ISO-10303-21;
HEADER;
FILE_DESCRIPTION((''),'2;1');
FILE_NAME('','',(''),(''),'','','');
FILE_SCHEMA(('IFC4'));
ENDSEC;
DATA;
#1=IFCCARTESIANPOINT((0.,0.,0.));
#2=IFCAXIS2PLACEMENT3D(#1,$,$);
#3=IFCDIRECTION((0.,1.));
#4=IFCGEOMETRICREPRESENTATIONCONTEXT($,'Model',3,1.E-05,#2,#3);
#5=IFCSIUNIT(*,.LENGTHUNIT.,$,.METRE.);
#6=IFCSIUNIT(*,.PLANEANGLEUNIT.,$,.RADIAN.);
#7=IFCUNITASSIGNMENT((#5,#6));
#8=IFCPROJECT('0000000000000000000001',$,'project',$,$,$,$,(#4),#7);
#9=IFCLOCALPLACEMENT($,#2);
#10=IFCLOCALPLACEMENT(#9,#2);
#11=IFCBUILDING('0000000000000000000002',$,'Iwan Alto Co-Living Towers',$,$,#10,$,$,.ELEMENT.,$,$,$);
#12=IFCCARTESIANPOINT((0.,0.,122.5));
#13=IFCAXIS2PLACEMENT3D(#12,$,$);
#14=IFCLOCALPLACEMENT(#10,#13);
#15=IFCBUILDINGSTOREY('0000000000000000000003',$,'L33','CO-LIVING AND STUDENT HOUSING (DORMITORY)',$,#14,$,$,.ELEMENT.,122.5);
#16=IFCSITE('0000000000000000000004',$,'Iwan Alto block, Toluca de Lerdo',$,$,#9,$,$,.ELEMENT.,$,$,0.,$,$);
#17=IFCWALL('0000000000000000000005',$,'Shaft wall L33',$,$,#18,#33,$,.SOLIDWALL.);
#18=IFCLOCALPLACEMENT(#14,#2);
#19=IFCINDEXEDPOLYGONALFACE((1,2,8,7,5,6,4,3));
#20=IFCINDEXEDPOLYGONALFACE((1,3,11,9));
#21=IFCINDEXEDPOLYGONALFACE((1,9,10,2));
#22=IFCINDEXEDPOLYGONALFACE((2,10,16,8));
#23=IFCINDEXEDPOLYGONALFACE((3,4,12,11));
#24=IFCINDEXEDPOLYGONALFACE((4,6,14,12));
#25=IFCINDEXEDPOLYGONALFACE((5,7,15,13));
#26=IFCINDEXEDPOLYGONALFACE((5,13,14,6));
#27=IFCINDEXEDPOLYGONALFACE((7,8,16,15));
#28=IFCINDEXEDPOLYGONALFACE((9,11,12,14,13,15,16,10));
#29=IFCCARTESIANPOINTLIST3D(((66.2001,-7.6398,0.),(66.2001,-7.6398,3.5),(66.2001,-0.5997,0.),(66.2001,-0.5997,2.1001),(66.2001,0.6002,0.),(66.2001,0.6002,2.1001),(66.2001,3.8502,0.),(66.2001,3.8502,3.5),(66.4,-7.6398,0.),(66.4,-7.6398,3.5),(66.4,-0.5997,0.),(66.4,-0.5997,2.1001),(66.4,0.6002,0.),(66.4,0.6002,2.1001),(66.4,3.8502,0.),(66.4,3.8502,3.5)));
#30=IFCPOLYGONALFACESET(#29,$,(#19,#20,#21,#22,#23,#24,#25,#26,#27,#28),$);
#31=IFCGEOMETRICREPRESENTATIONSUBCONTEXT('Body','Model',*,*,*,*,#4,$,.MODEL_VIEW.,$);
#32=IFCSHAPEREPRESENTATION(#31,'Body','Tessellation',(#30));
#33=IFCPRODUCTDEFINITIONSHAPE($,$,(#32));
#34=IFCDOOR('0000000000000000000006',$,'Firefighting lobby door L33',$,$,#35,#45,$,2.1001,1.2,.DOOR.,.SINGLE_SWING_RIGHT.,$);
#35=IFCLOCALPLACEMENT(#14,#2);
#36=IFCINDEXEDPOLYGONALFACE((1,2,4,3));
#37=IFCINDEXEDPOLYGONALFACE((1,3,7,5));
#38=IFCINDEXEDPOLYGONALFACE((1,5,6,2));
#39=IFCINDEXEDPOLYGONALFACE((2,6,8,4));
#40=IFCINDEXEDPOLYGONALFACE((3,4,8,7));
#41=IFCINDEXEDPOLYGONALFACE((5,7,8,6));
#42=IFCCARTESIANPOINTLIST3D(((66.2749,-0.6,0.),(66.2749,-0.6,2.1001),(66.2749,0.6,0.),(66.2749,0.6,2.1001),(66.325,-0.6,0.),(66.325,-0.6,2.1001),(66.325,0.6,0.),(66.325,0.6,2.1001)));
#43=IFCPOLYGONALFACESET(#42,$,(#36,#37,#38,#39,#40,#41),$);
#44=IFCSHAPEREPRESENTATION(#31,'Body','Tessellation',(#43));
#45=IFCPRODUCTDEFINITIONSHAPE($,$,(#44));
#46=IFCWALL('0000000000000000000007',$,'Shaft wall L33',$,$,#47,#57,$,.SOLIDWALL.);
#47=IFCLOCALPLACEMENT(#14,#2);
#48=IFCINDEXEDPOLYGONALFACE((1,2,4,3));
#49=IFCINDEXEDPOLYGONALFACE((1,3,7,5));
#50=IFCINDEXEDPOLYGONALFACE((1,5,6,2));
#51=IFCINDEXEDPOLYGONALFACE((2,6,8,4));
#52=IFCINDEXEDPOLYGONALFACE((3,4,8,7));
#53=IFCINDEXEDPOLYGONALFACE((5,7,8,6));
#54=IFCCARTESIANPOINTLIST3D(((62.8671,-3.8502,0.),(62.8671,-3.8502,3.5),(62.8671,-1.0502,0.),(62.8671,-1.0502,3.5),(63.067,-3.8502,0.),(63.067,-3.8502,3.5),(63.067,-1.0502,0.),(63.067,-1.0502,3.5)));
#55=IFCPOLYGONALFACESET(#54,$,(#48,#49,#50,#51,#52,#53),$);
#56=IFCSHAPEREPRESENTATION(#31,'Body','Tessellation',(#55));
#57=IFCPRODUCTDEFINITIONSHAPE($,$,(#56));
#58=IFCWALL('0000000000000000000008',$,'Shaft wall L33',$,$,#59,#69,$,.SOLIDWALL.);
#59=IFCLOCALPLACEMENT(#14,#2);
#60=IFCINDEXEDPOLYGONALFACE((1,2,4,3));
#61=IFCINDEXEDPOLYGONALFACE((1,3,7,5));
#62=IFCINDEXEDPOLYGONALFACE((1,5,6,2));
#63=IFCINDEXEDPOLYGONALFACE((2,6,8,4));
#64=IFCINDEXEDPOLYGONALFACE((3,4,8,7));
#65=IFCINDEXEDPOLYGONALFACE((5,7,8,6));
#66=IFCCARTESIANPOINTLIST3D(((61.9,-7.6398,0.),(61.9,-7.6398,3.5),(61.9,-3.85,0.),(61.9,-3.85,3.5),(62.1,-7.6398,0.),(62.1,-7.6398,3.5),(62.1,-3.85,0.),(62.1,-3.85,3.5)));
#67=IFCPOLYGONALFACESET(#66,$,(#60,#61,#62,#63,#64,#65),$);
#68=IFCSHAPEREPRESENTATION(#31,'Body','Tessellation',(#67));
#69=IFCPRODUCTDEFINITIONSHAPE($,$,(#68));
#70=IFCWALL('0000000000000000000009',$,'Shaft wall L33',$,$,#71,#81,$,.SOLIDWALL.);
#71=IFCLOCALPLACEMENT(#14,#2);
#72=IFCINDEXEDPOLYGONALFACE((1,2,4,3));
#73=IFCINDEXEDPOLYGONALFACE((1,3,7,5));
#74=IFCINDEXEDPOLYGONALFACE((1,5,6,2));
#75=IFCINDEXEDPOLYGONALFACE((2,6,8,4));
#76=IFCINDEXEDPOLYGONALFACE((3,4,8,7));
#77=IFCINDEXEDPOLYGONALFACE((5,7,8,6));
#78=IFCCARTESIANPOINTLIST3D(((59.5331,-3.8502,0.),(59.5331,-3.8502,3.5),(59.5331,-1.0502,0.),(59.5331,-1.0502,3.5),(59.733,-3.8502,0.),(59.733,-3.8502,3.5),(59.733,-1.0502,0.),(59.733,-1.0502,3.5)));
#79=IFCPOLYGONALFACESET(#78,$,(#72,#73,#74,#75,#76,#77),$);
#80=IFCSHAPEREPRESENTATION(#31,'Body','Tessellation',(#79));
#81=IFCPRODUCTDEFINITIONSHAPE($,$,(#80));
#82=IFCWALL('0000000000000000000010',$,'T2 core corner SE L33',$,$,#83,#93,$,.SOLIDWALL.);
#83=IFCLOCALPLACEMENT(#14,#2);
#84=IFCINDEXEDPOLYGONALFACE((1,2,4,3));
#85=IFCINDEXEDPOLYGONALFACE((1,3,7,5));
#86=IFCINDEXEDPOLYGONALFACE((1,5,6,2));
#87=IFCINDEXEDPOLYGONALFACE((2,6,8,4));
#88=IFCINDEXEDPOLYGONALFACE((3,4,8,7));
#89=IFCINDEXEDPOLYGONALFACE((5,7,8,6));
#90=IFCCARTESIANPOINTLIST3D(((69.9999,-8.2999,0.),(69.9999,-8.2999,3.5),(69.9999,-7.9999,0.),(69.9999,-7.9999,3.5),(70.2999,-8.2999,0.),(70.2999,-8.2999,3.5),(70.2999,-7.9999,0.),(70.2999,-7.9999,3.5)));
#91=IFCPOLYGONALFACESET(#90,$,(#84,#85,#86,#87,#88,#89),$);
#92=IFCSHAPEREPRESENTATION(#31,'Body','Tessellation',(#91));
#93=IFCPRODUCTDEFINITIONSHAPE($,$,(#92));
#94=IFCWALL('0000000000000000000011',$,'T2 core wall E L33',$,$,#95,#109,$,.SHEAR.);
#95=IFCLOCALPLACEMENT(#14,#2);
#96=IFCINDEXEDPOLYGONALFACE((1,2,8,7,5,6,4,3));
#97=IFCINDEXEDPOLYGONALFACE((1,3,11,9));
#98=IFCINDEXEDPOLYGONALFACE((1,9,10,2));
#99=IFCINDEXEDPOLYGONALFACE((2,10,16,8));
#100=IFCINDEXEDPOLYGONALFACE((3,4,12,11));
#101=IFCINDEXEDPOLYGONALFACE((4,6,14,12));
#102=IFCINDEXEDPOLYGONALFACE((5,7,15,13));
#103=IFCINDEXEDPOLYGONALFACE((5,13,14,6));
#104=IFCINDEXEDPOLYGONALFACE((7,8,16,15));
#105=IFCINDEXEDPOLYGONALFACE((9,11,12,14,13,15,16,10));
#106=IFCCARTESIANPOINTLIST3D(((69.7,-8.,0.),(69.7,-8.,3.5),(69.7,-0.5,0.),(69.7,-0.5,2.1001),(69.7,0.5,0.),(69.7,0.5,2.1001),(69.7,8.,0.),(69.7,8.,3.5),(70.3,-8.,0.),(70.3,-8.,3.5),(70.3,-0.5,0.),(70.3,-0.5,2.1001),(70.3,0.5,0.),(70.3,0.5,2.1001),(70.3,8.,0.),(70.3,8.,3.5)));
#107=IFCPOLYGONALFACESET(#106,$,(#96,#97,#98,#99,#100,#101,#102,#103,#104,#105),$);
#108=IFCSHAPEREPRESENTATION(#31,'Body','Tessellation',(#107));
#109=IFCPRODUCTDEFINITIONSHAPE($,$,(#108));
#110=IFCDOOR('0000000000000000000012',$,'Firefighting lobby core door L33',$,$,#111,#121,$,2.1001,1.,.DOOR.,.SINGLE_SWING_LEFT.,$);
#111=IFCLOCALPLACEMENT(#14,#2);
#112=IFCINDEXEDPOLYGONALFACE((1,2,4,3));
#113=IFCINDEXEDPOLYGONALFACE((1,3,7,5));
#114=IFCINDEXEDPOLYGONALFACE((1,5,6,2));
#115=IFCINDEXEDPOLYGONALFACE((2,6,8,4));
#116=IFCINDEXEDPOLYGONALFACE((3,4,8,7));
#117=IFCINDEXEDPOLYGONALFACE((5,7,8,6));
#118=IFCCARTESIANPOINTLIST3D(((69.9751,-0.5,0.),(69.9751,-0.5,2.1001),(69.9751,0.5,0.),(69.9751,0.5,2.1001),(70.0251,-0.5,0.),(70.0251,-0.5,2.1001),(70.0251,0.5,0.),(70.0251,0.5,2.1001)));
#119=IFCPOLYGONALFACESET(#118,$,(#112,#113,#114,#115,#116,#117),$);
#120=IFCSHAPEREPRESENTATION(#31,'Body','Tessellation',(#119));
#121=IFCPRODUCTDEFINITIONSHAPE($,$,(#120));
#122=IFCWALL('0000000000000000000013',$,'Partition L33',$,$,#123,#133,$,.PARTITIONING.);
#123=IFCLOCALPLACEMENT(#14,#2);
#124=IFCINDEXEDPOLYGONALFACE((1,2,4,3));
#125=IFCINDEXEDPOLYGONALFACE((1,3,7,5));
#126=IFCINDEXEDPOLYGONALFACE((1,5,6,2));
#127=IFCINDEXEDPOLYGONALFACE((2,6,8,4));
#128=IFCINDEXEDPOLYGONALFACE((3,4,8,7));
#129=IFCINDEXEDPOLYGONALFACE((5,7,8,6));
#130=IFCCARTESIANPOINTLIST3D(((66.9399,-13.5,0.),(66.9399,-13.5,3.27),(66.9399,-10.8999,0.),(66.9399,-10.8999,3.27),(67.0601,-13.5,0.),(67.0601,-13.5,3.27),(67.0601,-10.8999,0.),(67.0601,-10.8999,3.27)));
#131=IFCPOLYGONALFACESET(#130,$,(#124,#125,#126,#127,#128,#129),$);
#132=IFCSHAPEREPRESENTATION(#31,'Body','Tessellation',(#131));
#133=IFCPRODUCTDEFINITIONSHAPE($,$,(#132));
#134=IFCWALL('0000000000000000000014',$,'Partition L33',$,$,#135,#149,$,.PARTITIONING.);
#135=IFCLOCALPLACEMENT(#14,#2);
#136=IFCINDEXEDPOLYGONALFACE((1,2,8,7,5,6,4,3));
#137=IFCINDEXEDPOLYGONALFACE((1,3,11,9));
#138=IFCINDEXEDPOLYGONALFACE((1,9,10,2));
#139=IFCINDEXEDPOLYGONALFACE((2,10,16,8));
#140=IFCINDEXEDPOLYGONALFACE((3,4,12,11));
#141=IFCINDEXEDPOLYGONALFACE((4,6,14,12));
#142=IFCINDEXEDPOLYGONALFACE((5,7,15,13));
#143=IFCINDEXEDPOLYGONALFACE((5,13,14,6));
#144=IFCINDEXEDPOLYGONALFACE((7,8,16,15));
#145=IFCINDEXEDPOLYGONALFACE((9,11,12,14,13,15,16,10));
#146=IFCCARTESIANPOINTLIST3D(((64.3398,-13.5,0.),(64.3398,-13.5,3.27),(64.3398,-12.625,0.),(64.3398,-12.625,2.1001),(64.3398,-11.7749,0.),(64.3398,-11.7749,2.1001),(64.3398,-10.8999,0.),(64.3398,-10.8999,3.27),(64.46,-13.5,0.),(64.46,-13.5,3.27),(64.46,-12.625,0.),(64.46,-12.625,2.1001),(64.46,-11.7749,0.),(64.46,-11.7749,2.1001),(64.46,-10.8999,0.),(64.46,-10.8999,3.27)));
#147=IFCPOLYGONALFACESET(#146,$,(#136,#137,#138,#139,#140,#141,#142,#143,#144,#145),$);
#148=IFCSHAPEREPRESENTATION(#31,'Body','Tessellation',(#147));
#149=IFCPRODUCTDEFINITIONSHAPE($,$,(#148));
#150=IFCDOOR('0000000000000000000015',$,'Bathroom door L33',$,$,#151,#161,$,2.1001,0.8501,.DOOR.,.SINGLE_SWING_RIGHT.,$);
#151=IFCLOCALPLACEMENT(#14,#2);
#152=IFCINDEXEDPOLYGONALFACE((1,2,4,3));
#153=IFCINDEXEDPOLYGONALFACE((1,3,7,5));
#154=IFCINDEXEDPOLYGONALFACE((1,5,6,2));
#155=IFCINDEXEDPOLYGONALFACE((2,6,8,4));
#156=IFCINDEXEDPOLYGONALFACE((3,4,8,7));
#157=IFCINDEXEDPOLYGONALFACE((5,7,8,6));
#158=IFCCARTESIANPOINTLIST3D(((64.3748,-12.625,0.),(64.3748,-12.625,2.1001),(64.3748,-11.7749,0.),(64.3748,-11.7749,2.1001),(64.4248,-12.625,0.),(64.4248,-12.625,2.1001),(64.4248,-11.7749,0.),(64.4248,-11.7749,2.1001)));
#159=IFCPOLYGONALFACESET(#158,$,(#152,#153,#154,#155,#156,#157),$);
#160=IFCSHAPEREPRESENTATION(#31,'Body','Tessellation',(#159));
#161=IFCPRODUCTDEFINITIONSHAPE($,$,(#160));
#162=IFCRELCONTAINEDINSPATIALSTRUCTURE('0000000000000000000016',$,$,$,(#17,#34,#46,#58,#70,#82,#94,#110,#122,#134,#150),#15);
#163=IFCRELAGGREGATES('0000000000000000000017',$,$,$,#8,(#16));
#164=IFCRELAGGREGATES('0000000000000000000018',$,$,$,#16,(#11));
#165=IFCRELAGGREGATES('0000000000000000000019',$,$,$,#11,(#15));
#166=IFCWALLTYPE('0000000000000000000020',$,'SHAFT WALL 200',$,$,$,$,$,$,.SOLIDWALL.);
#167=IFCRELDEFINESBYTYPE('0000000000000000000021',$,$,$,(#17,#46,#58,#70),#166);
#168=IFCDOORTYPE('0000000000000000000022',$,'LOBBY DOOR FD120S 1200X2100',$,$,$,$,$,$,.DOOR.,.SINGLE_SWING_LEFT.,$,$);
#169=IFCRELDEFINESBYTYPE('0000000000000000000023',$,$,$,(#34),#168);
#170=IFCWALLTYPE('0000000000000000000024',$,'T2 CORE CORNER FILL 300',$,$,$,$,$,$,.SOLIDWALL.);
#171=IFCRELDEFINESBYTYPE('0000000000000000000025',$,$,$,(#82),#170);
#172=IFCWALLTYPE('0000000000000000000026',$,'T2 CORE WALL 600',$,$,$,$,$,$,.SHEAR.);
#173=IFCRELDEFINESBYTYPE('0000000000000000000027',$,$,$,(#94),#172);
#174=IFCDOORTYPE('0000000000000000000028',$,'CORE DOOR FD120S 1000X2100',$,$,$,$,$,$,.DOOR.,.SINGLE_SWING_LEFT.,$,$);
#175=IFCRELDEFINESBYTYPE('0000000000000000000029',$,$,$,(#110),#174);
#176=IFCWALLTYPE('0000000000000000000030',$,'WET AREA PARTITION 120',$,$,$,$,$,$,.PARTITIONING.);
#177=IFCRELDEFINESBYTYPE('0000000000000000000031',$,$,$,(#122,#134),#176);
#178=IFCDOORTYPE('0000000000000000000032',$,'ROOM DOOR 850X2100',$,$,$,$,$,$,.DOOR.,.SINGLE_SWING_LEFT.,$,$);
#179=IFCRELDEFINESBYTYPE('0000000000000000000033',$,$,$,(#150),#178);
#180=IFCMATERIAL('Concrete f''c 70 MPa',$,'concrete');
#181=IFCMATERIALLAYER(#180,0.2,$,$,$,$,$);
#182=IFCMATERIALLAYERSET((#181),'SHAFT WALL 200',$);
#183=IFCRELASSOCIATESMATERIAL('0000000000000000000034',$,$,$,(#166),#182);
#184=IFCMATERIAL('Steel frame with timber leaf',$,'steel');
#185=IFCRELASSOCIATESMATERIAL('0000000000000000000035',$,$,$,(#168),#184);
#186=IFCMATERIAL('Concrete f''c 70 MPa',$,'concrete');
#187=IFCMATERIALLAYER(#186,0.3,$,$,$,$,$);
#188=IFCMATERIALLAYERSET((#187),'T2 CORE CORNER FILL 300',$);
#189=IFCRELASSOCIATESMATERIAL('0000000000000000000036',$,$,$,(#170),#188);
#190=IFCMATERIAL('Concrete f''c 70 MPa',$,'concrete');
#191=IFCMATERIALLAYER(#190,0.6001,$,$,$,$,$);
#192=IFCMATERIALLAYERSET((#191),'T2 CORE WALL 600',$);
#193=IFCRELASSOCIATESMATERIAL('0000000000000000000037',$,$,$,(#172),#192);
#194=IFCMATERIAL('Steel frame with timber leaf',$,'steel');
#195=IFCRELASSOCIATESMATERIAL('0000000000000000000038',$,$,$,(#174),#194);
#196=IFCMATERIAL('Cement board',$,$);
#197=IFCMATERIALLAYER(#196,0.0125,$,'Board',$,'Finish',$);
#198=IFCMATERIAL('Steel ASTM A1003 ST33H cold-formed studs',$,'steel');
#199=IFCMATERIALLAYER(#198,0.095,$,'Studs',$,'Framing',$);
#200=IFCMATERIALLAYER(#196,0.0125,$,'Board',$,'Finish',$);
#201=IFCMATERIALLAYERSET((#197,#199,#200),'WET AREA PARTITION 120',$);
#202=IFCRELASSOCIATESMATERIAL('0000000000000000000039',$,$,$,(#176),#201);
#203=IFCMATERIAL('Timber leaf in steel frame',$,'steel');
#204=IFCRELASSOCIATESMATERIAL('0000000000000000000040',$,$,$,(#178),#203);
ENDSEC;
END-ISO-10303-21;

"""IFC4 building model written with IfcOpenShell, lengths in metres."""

from ifc_helpers import new_model, si_unit, direction, frame, frame_2d, origin, place, context, subcontext, project, spatial, rectangle, extrude, material, layer, layer_set, type_object, element, fill, save


model = new_model("IFC4")

# Units and contexts
model_context = context("Model", 3, precision=1e-05, world=origin(), true_north=direction((0.0, 1.0)))
body_context = subcontext(model_context, "Body", "Model", "MODEL_VIEW")
ifc_project = project(units=[si_unit("LENGTHUNIT", "METRE"), si_unit("PLANEANGLEUNIT", "RADIAN")], contexts=[model_context])

# Site, building, storey
site_placement = place(None, origin())
site = spatial("IfcSite", under=ifc_project, at=site_placement, Name="Iwan Alto block, Toluca de Lerdo", CompositionType="ELEMENT", RefElevation=0.0)
building_placement = place(site_placement, origin())
building = spatial("IfcBuilding", under=site, at=building_placement, Name="Iwan Alto Co-Living Towers", CompositionType="ELEMENT")
storey_placement = place(building_placement, frame((0.0, 0.0, 122.5)))
storey = spatial("IfcBuildingStorey", under=building, at=storey_placement, Name="L33", Description="CO-LIVING AND STUDENT HOUSING (DORMITORY)", CompositionType="ELEMENT", Elevation=122.5)

# Shared definitions
ifc_material_1 = material(Name="Steel ASTM A1003 ST33H cold-formed studs", Category="steel")

# Wall, opening, door
ifc_material_2 = material(Name="Concrete f'c 70 MPa", Category="concrete")
ifc_layer_1 = layer(ifc_material_2, 0.2)
ifc_layer_set_1 = layer_set([ifc_layer_1], Name="SHAFT WALL 200")
wall_type_1 = type_object("IfcWallType", Name="SHAFT WALL 200", PredefinedType="SOLIDWALL", material=ifc_layer_set_1)
wall_1_placement = place(storey_placement, frame((66.3, -7.6399, 0.0), z_axis=(0.0, 0.0, 1.0), x_axis=(0.0, 1.0, 0.0)))
wall_1 = element("IfcWall", 1, at=wall_1_placement, inside=storey, type_object=wall_type_1, Name="Shaft wall L33", PredefinedType="SOLIDWALL", context=body_context, shape_type="SweptSolid", body=[
    extrude(rectangle(XDim=11.49, YDim=0.2, at=frame_2d((5.7451, 0.0))), origin(), (0.0, 0.0, 1.0), 3.5),
])
opening_1_placement = place(wall_1_placement, frame((7.04, 0.0, 0.0)))
opening_1 = element("IfcOpeningElement", 2, at=opening_1_placement, cuts=wall_1, PredefinedType="OPENING", context=body_context, shape_type="SweptSolid", body=[
    extrude(rectangle(XDim=1.2, YDim=2.1001, at=frame_2d((0.6001, 1.05))), frame((0.0, 0.1099, 0.0), z_axis=(0.0, -1.0, 0.0), x_axis=(1.0, 0.0, 0.0)), (0.0, 0.0, 1.0), 0.22),
])
ifc_material_3 = material(Name="Steel frame with timber leaf", Category="steel")
door_type_1 = type_object("IfcDoorType", Name="LOBBY DOOR FD120S 1200X2100", OperationType="SINGLE_SWING_LEFT", PredefinedType="DOOR", material=ifc_material_3)
door_1_placement = place(opening_1_placement, frame((1.2, 0.0, 0.0), z_axis=(0.0, 0.0, 1.0), x_axis=(-1.0, 0.0, 0.0)))
door_1 = element("IfcDoor", 3, at=door_1_placement, inside=storey, type_object=door_type_1, Name="Firefighting lobby door L33", OperationType="SINGLE_SWING_RIGHT", OverallHeight=2.1001, OverallWidth=1.2, PredefinedType="DOOR", context=body_context, shape_type="SweptSolid", body=[
    extrude(rectangle(XDim=1.2, YDim=2.1001, at=frame_2d((0.6001, 1.05))), frame((0.0, 0.0249, 0.0), z_axis=(0.0, -1.0, 0.0), x_axis=(1.0, 0.0, 0.0)), (0.0, 0.0, 1.0), 0.05),
])
fill(opening_1, door_1)

# Walls
wall_2_placement = place(storey_placement, frame((62.967, -3.8501, 0.0), z_axis=(0.0, 0.0, 1.0), x_axis=(0.0, 1.0, 0.0)))
element("IfcWall", 4, at=wall_2_placement, inside=storey, type_object=wall_type_1, Name="Shaft wall L33", PredefinedType="SOLIDWALL", context=body_context, shape_type="SweptSolid", body=[
    extrude(rectangle(XDim=2.8, YDim=0.2, at=frame_2d((1.3999, 0.0))), origin(), (0.0, 0.0, 1.0), 3.5),
])
wall_3_placement = place(storey_placement, frame((62.0, -7.6399, 0.0), z_axis=(0.0, 0.0, 1.0), x_axis=(0.0, 1.0, 0.0)))
element("IfcWall", 5, at=wall_3_placement, inside=storey, type_object=wall_type_1, Name="Shaft wall L33", PredefinedType="SOLIDWALL", context=body_context, shape_type="SweptSolid", body=[
    extrude(rectangle(XDim=3.7898, YDim=0.2, at=frame_2d((1.895, 0.0))), origin(), (0.0, 0.0, 1.0), 3.5),
])
wall_4_placement = place(storey_placement, frame((59.6331, -3.8501, 0.0), z_axis=(0.0, 0.0, 1.0), x_axis=(0.0, 1.0, 0.0)))
element("IfcWall", 6, at=wall_4_placement, inside=storey, type_object=wall_type_1, Name="Shaft wall L33", PredefinedType="SOLIDWALL", context=body_context, shape_type="SweptSolid", body=[
    extrude(rectangle(XDim=2.8, YDim=0.2, at=frame_2d((1.3999, 0.0))), origin(), (0.0, 0.0, 1.0), 3.5),
])
ifc_material_4 = material(Name="Concrete f'c 70 MPa", Category="concrete")
ifc_layer_2 = layer(ifc_material_4, 0.3)
ifc_layer_set_2 = layer_set([ifc_layer_2], Name="T2 CORE CORNER FILL 300")
wall_type_2 = type_object("IfcWallType", Name="T2 CORE CORNER FILL 300", PredefinedType="SOLIDWALL", material=ifc_layer_set_2)
wall_5_placement = place(storey_placement, frame((70.0, -8.1499, 0.0), z_axis=(0.0, 0.0, 1.0), x_axis=(1.0, 0.0, 0.0)))
element("IfcWall", 7, at=wall_5_placement, inside=storey, type_object=wall_type_2, Name="T2 core corner SE L33", PredefinedType="SOLIDWALL", context=body_context, shape_type="SweptSolid", body=[
    extrude(rectangle(XDim=0.3, YDim=0.3, at=frame_2d((0.1499, 0.0))), origin(), (0.0, 0.0, 1.0), 3.5),
])

# Wall, opening, door
ifc_material_5 = material(Name="Concrete f'c 70 MPa", Category="concrete")
ifc_layer_3 = layer(ifc_material_5, 0.6001)
ifc_layer_set_3 = layer_set([ifc_layer_3], Name="T2 CORE WALL 600")
wall_type_3 = type_object("IfcWallType", Name="T2 CORE WALL 600", PredefinedType="SHEAR", material=ifc_layer_set_3)
wall_6_placement = place(storey_placement, frame((70.0, -8.0, 0.0), z_axis=(0.0, 0.0, 1.0), x_axis=(0.0, 1.0, 0.0)))
wall_6 = element("IfcWall", 8, at=wall_6_placement, inside=storey, type_object=wall_type_3, Name="T2 core wall E L33", PredefinedType="SHEAR", context=body_context, shape_type="SweptSolid", body=[
    extrude(rectangle(XDim=16.0, YDim=0.6001, at=frame_2d((8.0, 0.0))), origin(), (0.0, 0.0, 1.0), 3.5),
])
opening_2_placement = place(wall_6_placement, frame((7.5, 0.0, 0.0)))
opening_2 = element("IfcOpeningElement", 9, at=opening_2_placement, cuts=wall_6, PredefinedType="OPENING", context=body_context, shape_type="SweptSolid", body=[
    extrude(rectangle(XDim=1.0, YDim=2.1001, at=frame_2d((0.5, 1.05))), frame((0.0, 0.3101, 0.0), z_axis=(0.0, -1.0, 0.0), x_axis=(1.0, 0.0, 0.0)), (0.0, 0.0, 1.0), 0.6201),
])
ifc_material_6 = material(Name="Steel frame with timber leaf", Category="steel")
door_type_2 = type_object("IfcDoorType", Name="CORE DOOR FD120S 1000X2100", OperationType="SINGLE_SWING_LEFT", PredefinedType="DOOR", material=ifc_material_6)
door_2_placement = place(opening_2_placement, origin())
door_2 = element("IfcDoor", 10, at=door_2_placement, inside=storey, type_object=door_type_2, Name="Firefighting lobby core door L33", OperationType="SINGLE_SWING_LEFT", OverallHeight=2.1001, OverallWidth=1.0, PredefinedType="DOOR", context=body_context, shape_type="SweptSolid", body=[
    extrude(rectangle(XDim=1.0, YDim=2.1001, at=frame_2d((0.5, 1.05))), frame((0.0, 0.0249, 0.0), z_axis=(0.0, -1.0, 0.0), x_axis=(1.0, 0.0, 0.0)), (0.0, 0.0, 1.0), 0.05),
])
fill(opening_2, door_2)

# Wall
ifc_material_7 = material(Name="Cement board")
ifc_layer_4 = layer(ifc_material_7, 0.0125, Name="Board", Category="Finish")
ifc_layer_5 = layer(ifc_material_1, 0.095, Name="Studs", Category="Framing")
ifc_layer_6 = layer(ifc_material_7, 0.0125, Name="Board", Category="Finish")
ifc_layer_set_4 = layer_set([ifc_layer_4, ifc_layer_5, ifc_layer_6], Name="WET AREA PARTITION 120")
wall_type_4 = type_object("IfcWallType", Name="WET AREA PARTITION 120", PredefinedType="PARTITIONING", material=ifc_layer_set_4)
wall_7_placement = place(storey_placement, frame((67.0, -13.5, 0.0), z_axis=(0.0, 0.0, 1.0), x_axis=(0.0, 1.0, 0.0)))
element("IfcWall", 11, at=wall_7_placement, inside=storey, type_object=wall_type_4, Name="Partition L33", PredefinedType="PARTITIONING", context=body_context, shape_type="SweptSolid", body=[
    extrude(rectangle(XDim=2.6001, YDim=0.1201, at=frame_2d((1.3, 0.0))), origin(), (0.0, 0.0, 1.0), 3.27),
])

# Wall, opening, door
wall_8_placement = place(storey_placement, frame((64.3999, -13.5, 0.0), z_axis=(0.0, 0.0, 1.0), x_axis=(0.0, 1.0, 0.0)))
wall_8 = element("IfcWall", 12, at=wall_8_placement, inside=storey, type_object=wall_type_4, Name="Partition L33", PredefinedType="PARTITIONING", context=body_context, shape_type="SweptSolid", body=[
    extrude(rectangle(XDim=2.6001, YDim=0.1201, at=frame_2d((1.3, 0.0))), origin(), (0.0, 0.0, 1.0), 3.27),
])
opening_3_placement = place(wall_8_placement, frame((0.875, 0.0, 0.0)))
opening_3 = element("IfcOpeningElement", 13, at=opening_3_placement, cuts=wall_8, PredefinedType="OPENING", context=body_context, shape_type="SweptSolid", body=[
    extrude(rectangle(XDim=0.8501, YDim=2.1001, at=frame_2d((0.425, 1.05))), frame((0.0, 0.0701, 0.0), z_axis=(0.0, -1.0, 0.0), x_axis=(1.0, 0.0, 0.0)), (0.0, 0.0, 1.0), 0.1401),
])
ifc_material_8 = material(Name="Timber leaf in steel frame", Category="steel")
door_type_3 = type_object("IfcDoorType", Name="ROOM DOOR 850X2100", OperationType="SINGLE_SWING_LEFT", PredefinedType="DOOR", material=ifc_material_8)
door_3_placement = place(opening_3_placement, frame((0.8501, 0.0, 0.0), z_axis=(0.0, 0.0, 1.0), x_axis=(-1.0, 0.0, 0.0)))
door_3 = element("IfcDoor", 14, at=door_3_placement, inside=storey, type_object=door_type_3, Name="Bathroom door L33", OperationType="SINGLE_SWING_RIGHT", OverallHeight=2.1001, OverallWidth=0.8501, PredefinedType="DOOR", context=body_context, shape_type="SweptSolid", body=[
    extrude(rectangle(XDim=0.8501, YDim=2.1001, at=frame_2d((0.425, 1.05))), frame((0.0, 0.0249, 0.0), z_axis=(0.0, -1.0, 0.0), x_axis=(1.0, 0.0, 0.0)), (0.0, 0.0, 1.0), 0.05),
])
fill(opening_3, door_3)

save(model, "model.ifc")
